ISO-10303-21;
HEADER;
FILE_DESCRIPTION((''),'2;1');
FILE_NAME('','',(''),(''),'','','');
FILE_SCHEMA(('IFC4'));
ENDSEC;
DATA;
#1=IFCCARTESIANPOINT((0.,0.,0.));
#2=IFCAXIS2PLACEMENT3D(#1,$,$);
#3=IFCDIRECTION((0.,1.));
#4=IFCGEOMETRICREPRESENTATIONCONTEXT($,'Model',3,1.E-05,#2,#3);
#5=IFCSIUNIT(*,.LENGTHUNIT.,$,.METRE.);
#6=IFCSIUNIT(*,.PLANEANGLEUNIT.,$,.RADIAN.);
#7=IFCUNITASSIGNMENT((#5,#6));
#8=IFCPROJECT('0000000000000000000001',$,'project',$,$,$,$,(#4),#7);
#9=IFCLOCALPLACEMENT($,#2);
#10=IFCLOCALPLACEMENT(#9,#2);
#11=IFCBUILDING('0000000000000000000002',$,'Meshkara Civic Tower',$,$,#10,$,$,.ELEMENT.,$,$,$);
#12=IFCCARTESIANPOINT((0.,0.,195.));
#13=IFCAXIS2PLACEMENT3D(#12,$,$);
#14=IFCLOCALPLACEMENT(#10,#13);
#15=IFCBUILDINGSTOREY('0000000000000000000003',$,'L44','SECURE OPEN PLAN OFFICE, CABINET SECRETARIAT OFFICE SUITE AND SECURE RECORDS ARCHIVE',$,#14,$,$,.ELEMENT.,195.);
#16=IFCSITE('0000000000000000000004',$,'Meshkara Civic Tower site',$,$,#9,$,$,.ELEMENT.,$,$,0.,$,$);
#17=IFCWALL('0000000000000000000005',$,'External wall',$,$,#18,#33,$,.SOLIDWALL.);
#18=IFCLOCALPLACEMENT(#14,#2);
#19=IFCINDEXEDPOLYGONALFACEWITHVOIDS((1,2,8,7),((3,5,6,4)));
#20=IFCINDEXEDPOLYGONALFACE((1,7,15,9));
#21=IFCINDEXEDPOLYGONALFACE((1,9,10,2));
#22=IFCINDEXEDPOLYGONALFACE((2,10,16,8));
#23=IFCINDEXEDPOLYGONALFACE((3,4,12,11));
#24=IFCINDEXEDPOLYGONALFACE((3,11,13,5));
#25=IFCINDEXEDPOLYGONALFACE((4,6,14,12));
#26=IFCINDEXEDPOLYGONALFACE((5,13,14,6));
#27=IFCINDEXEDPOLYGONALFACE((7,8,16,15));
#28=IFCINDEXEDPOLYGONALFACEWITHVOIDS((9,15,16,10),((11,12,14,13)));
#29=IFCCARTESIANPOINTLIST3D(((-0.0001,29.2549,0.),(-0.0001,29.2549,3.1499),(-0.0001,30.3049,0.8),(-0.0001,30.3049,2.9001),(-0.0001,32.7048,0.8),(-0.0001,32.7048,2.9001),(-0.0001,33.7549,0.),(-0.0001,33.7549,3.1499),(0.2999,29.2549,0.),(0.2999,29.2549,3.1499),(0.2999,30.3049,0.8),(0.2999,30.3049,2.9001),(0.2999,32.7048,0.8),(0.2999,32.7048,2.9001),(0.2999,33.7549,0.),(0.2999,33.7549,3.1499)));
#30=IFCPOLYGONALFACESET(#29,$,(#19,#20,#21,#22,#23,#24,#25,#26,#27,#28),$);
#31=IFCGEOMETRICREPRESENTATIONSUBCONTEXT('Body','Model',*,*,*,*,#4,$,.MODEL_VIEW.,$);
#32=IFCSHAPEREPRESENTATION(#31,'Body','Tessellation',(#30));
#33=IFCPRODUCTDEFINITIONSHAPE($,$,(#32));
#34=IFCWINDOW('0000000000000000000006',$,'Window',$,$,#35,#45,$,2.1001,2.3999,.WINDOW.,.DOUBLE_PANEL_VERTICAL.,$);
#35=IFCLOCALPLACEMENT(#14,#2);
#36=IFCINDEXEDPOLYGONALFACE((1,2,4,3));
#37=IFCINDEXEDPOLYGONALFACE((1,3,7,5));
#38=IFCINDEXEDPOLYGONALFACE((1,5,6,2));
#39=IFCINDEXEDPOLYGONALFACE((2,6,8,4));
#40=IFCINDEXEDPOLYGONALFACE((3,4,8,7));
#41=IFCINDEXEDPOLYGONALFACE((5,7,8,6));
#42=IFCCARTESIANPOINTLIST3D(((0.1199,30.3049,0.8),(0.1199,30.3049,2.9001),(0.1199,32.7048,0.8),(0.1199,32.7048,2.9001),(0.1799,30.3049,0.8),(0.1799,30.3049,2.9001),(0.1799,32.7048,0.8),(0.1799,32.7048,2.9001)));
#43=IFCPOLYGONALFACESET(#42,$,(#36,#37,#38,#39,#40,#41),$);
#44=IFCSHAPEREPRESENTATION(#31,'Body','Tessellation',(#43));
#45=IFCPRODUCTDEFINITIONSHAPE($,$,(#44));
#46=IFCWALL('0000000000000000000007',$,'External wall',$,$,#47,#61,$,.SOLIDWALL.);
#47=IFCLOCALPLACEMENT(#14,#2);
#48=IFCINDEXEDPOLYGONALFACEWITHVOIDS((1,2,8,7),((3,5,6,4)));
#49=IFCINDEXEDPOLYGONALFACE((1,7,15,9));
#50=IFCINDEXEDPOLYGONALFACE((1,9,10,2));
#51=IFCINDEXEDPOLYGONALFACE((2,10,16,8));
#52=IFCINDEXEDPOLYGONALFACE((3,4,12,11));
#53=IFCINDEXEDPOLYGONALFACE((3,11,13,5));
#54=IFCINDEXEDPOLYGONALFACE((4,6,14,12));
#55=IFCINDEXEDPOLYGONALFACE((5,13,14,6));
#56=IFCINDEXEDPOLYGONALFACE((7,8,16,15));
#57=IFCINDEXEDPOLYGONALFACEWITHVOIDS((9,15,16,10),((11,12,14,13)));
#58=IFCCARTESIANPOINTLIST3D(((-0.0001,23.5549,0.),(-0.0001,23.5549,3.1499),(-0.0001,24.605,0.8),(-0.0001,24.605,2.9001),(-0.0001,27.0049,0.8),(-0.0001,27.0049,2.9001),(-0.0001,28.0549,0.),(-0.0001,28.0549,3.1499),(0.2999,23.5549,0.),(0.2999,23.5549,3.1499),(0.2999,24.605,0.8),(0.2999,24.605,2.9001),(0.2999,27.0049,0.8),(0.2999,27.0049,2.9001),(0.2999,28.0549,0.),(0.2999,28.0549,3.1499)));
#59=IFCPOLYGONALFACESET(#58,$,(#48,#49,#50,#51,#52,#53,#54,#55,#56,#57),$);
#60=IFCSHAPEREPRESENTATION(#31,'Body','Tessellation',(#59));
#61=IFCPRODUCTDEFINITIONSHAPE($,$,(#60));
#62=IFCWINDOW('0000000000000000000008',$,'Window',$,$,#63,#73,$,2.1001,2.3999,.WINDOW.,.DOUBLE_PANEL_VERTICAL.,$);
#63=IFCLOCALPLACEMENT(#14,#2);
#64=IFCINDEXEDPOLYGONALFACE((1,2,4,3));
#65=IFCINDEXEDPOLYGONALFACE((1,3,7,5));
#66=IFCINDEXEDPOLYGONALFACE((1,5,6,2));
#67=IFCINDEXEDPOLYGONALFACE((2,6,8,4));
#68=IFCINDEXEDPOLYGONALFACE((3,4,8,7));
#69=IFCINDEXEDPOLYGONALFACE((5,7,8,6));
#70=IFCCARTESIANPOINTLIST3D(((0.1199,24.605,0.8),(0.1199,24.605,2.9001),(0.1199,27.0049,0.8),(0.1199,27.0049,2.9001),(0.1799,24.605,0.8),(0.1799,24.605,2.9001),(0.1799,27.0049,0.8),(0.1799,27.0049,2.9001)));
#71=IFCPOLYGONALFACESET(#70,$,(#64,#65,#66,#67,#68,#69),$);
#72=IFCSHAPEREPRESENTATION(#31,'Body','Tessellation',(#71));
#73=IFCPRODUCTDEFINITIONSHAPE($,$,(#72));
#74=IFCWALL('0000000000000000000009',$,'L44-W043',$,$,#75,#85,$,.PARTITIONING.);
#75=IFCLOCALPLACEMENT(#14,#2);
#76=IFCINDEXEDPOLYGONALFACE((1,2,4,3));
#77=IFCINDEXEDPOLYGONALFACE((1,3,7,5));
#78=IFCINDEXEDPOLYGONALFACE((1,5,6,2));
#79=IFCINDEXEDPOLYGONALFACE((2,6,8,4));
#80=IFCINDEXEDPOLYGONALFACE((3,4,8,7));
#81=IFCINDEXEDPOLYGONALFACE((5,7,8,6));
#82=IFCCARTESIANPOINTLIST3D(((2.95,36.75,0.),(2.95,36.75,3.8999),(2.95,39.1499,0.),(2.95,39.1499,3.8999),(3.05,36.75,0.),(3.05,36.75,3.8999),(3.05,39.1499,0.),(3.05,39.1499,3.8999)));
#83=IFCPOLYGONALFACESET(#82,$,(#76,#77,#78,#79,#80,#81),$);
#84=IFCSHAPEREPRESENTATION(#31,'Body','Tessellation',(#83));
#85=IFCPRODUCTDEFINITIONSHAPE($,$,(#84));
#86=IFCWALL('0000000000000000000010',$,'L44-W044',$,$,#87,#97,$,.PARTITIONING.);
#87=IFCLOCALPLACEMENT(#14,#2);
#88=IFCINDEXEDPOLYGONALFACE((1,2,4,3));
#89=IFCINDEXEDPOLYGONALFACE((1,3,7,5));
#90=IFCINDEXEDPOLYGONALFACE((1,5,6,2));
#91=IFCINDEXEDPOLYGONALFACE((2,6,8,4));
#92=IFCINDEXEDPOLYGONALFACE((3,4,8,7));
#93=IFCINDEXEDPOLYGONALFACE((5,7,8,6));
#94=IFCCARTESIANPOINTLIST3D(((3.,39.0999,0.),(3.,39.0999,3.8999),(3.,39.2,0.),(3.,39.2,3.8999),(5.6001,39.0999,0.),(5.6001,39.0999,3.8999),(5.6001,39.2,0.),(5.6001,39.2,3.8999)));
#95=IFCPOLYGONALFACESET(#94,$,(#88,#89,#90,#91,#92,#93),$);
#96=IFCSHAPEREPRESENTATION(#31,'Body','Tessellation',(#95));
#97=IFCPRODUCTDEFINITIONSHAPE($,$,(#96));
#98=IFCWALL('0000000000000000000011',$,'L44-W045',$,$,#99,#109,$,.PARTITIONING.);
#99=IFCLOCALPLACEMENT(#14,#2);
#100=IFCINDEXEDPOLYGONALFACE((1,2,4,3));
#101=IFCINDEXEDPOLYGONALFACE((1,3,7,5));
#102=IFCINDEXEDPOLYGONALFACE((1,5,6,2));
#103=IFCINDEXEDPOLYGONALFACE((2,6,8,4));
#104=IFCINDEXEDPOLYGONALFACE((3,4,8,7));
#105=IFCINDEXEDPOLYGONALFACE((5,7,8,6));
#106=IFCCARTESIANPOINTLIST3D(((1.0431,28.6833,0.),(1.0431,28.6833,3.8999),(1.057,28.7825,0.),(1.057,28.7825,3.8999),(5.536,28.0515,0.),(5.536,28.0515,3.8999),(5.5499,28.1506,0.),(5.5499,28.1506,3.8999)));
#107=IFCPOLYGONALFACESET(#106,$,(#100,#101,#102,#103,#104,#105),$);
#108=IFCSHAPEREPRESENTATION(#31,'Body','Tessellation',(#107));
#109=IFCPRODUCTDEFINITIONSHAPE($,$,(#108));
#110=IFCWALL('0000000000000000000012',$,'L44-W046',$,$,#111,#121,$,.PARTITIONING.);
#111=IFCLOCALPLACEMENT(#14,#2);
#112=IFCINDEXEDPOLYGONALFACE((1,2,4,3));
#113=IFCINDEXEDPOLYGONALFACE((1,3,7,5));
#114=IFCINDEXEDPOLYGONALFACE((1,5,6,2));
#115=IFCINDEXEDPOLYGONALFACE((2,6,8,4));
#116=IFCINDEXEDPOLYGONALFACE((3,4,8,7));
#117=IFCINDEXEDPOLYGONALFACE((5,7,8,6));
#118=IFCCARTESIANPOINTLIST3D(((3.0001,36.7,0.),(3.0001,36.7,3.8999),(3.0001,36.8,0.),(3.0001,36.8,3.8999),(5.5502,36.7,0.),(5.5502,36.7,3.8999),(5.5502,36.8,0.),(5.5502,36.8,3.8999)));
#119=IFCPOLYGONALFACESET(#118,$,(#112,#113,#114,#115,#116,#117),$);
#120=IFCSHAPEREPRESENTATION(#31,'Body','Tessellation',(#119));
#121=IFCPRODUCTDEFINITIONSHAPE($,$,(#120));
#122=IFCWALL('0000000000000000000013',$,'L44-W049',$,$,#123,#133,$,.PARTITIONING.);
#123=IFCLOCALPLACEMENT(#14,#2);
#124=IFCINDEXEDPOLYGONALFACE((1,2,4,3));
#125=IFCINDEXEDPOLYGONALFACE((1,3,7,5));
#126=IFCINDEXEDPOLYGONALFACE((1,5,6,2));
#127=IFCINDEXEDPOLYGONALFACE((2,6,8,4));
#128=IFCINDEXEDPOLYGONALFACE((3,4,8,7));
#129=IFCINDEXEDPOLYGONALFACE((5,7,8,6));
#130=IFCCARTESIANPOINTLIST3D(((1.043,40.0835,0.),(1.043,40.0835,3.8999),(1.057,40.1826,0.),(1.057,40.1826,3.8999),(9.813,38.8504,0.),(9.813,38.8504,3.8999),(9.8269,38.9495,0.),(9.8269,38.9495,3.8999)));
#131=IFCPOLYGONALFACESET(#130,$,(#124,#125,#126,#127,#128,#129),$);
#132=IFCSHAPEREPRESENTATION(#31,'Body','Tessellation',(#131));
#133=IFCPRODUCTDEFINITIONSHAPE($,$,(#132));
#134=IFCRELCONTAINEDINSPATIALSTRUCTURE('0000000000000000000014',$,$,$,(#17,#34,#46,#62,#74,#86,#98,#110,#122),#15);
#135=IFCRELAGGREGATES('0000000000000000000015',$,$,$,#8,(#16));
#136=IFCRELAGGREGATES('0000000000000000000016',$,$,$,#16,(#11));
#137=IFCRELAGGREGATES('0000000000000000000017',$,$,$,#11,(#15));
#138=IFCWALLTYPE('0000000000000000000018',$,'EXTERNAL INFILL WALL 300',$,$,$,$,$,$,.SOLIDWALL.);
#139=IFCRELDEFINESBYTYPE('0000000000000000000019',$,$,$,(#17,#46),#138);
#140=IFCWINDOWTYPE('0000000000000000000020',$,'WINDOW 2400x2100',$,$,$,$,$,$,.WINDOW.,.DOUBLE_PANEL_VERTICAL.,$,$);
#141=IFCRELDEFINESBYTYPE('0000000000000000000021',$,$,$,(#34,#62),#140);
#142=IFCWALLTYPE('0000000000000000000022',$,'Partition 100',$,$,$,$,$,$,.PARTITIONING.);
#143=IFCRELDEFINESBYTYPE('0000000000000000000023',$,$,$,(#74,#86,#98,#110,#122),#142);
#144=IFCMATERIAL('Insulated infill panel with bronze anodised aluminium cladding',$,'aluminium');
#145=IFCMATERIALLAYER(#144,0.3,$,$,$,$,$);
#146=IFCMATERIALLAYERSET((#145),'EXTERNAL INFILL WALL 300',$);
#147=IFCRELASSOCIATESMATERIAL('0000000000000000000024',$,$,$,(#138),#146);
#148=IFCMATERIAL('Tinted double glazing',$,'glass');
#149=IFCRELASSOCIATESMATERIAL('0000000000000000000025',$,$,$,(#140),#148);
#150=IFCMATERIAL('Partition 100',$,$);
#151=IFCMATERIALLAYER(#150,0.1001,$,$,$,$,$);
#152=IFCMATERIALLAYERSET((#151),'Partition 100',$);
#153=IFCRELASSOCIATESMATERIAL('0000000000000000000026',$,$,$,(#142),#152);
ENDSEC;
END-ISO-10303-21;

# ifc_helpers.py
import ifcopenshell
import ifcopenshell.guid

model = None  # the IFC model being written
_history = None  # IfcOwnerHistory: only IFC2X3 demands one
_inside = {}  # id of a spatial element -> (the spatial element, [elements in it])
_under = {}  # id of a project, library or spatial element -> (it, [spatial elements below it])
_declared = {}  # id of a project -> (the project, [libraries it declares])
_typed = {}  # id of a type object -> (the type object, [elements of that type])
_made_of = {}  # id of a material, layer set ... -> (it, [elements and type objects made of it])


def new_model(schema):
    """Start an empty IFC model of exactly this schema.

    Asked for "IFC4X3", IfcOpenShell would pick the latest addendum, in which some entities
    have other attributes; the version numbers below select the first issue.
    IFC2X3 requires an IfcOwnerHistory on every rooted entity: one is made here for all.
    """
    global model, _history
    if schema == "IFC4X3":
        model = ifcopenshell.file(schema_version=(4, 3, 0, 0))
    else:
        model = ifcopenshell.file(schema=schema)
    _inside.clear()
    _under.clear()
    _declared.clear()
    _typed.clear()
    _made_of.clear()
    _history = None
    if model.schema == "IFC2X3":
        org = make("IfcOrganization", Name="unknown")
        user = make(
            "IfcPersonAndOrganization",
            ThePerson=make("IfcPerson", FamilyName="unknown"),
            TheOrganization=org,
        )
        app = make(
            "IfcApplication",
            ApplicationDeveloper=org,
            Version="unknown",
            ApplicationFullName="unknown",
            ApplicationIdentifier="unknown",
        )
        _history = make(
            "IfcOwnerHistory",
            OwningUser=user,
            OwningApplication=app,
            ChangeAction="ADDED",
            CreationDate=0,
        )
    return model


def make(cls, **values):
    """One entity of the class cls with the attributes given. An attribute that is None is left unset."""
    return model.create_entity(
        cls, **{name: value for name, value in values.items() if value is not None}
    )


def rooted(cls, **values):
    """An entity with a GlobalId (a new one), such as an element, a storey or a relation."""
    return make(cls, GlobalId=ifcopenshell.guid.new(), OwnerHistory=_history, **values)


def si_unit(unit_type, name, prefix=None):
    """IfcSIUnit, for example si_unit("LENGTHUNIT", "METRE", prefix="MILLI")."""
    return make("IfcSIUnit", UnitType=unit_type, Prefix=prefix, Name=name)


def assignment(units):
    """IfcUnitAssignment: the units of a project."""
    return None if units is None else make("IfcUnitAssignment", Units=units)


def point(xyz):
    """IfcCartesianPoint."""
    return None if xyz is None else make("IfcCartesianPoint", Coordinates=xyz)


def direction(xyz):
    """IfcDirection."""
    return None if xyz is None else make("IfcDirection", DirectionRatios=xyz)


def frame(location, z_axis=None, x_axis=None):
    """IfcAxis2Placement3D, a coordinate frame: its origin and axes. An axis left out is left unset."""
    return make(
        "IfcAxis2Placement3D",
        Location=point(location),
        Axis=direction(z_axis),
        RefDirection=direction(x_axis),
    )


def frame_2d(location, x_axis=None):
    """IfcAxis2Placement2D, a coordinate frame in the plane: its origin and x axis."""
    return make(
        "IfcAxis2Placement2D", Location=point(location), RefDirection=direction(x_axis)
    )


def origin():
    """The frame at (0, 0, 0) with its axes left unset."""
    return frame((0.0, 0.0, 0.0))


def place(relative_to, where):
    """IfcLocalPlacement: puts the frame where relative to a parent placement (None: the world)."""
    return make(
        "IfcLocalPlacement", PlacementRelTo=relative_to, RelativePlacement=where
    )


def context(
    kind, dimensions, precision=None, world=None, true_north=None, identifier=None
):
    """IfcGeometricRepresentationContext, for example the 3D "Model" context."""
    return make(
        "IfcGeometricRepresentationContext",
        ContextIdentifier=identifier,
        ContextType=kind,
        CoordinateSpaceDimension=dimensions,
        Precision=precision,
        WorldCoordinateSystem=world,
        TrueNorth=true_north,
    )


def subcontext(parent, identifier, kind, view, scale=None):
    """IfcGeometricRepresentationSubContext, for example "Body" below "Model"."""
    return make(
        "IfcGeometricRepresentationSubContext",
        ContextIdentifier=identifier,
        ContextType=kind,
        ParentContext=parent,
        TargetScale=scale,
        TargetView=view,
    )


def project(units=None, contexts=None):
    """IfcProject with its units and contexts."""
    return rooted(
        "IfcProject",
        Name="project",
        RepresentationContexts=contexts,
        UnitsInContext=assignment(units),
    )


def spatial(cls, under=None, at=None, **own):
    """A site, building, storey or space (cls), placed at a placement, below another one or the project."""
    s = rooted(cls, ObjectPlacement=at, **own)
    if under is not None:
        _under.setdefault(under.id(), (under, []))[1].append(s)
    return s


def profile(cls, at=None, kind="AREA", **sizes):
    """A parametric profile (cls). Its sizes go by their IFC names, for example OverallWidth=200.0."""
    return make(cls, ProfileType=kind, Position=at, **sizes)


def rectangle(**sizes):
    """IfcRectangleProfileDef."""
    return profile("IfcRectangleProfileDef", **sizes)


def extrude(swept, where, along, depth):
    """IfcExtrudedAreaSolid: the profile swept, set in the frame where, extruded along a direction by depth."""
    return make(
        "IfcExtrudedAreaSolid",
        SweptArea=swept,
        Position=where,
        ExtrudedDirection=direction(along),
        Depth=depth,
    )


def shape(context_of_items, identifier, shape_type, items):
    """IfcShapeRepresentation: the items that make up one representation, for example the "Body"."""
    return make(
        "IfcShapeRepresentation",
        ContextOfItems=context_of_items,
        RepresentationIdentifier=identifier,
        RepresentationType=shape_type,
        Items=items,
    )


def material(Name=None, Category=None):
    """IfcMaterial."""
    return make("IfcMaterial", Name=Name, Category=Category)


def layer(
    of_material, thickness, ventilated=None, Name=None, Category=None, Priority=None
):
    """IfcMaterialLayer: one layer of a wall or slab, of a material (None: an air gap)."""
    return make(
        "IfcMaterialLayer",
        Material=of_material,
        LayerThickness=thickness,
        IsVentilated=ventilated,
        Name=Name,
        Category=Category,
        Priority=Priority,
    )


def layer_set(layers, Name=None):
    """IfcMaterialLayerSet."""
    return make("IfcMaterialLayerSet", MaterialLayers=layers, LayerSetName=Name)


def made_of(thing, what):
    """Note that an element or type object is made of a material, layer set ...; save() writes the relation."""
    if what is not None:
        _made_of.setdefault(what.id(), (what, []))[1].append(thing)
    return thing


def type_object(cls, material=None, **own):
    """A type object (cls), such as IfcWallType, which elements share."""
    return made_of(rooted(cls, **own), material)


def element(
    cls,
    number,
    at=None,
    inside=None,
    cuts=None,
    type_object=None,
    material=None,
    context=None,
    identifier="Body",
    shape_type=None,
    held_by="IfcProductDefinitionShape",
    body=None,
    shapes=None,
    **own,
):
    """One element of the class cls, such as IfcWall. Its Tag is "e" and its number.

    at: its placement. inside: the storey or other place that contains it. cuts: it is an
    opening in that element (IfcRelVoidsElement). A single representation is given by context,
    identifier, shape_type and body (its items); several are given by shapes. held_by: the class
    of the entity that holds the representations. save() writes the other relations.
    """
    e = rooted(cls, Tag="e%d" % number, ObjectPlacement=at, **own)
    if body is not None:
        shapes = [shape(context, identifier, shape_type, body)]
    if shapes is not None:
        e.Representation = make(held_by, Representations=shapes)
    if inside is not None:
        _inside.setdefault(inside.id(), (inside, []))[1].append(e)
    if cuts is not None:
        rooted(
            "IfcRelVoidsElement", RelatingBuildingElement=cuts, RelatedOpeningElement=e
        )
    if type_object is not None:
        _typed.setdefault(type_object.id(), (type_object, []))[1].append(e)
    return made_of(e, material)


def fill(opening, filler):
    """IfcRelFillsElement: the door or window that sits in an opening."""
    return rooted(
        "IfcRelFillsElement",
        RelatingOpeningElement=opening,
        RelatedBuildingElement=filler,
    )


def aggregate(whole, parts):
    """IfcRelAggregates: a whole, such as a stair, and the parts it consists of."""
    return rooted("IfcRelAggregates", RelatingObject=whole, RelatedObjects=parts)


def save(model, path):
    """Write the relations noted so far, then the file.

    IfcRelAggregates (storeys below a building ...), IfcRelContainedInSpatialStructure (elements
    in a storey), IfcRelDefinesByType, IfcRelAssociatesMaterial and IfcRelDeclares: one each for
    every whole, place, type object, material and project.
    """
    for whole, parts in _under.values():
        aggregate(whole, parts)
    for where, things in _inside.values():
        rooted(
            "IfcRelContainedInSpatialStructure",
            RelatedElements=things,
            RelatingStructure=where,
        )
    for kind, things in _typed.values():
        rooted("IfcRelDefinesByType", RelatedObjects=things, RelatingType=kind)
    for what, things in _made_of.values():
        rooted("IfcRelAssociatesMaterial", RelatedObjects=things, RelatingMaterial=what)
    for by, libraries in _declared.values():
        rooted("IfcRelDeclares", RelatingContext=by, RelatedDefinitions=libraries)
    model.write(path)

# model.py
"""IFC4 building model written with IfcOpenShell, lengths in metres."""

from ifc_helpers import new_model, si_unit, direction, frame, frame_2d, origin, place, context, subcontext, project, spatial, rectangle, extrude, material, layer, layer_set, type_object, element, fill, save


model = new_model("IFC4")

# Units and contexts
model_context = context("Model", 3, precision=1e-05, world=origin(), true_north=direction((0.0, 1.0)))
body_context = subcontext(model_context, "Body", "Model", "MODEL_VIEW")
ifc_project = project(units=[si_unit("LENGTHUNIT", "METRE"), si_unit("PLANEANGLEUNIT", "RADIAN")], contexts=[model_context])

# Site, building, storey
site_placement = place(None, origin())
site = spatial("IfcSite", under=ifc_project, at=site_placement, Name="Meshkara Civic Tower site", CompositionType="ELEMENT", RefElevation=0.0)
building_placement = place(site_placement, origin())
building = spatial("IfcBuilding", under=site, at=building_placement, Name="Meshkara Civic Tower", CompositionType="ELEMENT")
storey_placement = place(building_placement, frame((0.0, 0.0, 195.0)))
storey = spatial("IfcBuildingStorey", under=building, at=storey_placement, Name="L44", Description="SECURE OPEN PLAN OFFICE, CABINET SECRETARIAT OFFICE SUITE AND SECURE RECORDS ARCHIVE", CompositionType="ELEMENT", Elevation=195.0)

# Walls, openings, windows
ifc_material_1 = material(Name="Insulated infill panel with bronze anodised aluminium cladding", Category="aluminium")
ifc_layer_1 = layer(ifc_material_1, 0.3)
ifc_layer_set_1 = layer_set([ifc_layer_1], Name="EXTERNAL INFILL WALL 300")
wall_type_1 = type_object("IfcWallType", Name="EXTERNAL INFILL WALL 300", PredefinedType="SOLIDWALL", material=ifc_layer_set_1)
wall_1_placement = place(storey_placement, frame((0.1499, 33.7549, 0.0), z_axis=(0.0, 0.0, 1.0), x_axis=(0.0, -1.0, 0.0)))
wall_1 = element("IfcWall", 1, at=wall_1_placement, inside=storey, type_object=wall_type_1, Name="External wall", PredefinedType="SOLIDWALL", context=body_context, shape_type="SweptSolid", body=[
    extrude(rectangle(XDim=4.5, YDim=0.3, at=frame_2d((2.25, 0.0))), origin(), (0.0, 0.0, 1.0), 3.1499),
])
opening_1_placement = place(wall_1_placement, frame((1.05, 0.0, 0.8)))
opening_1 = element("IfcOpeningElement", 2, at=opening_1_placement, cuts=wall_1, PredefinedType="OPENING", context=body_context, shape_type="SweptSolid", body=[
    extrude(rectangle(XDim=2.3999, YDim=2.1001, at=frame_2d((1.2, 1.05))), frame((0.0, 0.1599, 0.0), z_axis=(0.0, -1.0, 0.0), x_axis=(1.0, 0.0, 0.0)), (0.0, 0.0, 1.0), 0.3201),
])
ifc_material_2 = material(Name="Tinted double glazing", Category="glass")
window_type = type_object("IfcWindowType", Name="WINDOW 2400x2100", PartitioningType="DOUBLE_PANEL_VERTICAL", PredefinedType="WINDOW", material=ifc_material_2)
window_1_placement = place(opening_1_placement, origin())
window_1 = element("IfcWindow", 3, at=window_1_placement, inside=storey, type_object=window_type, Name="Window", OverallHeight=2.1001, OverallWidth=2.3999, PartitioningType="DOUBLE_PANEL_VERTICAL", PredefinedType="WINDOW", context=body_context, shape_type="SweptSolid", body=[
    extrude(rectangle(XDim=2.3999, YDim=2.1001, at=frame_2d((1.2, 1.05))), frame((0.0, 0.03, 0.0), z_axis=(0.0, -1.0, 0.0), x_axis=(1.0, 0.0, 0.0)), (0.0, 0.0, 1.0), 0.0601),
])
fill(opening_1, window_1)
wall_2_placement = place(storey_placement, frame((0.1499, 28.0549, 0.0), z_axis=(0.0, 0.0, 1.0), x_axis=(0.0, -1.0, 0.0)))
wall_2 = element("IfcWall", 4, at=wall_2_placement, inside=storey, type_object=wall_type_1, Name="External wall", PredefinedType="SOLIDWALL", context=body_context, shape_type="SweptSolid", body=[
    extrude(rectangle(XDim=4.5, YDim=0.3, at=frame_2d((2.25, 0.0))), origin(), (0.0, 0.0, 1.0), 3.1499),
])
opening_2_placement = place(wall_2_placement, frame((1.05, 0.0, 0.8)))
opening_2 = element("IfcOpeningElement", 5, at=opening_2_placement, cuts=wall_2, PredefinedType="OPENING", context=body_context, shape_type="SweptSolid", body=[
    extrude(rectangle(XDim=2.3999, YDim=2.1001, at=frame_2d((1.2, 1.05))), frame((0.0, 0.1599, 0.0), z_axis=(0.0, -1.0, 0.0), x_axis=(1.0, 0.0, 0.0)), (0.0, 0.0, 1.0), 0.3201),
])
window_2_placement = place(opening_2_placement, origin())
window_2 = element("IfcWindow", 6, at=window_2_placement, inside=storey, type_object=window_type, Name="Window", OverallHeight=2.1001, OverallWidth=2.3999, PartitioningType="DOUBLE_PANEL_VERTICAL", PredefinedType="WINDOW", context=body_context, shape_type="SweptSolid", body=[
    extrude(rectangle(XDim=2.3999, YDim=2.1001, at=frame_2d((1.2, 1.05))), frame((0.0, 0.03, 0.0), z_axis=(0.0, -1.0, 0.0), x_axis=(1.0, 0.0, 0.0)), (0.0, 0.0, 1.0), 0.0601),
])
fill(opening_2, window_2)

# Walls
ifc_material_3 = material(Name="Partition 100")
ifc_layer_2 = layer(ifc_material_3, 0.1001)
ifc_layer_set_2 = layer_set([ifc_layer_2], Name="Partition 100")
wall_type_2 = type_object("IfcWallType", Name="Partition 100", PredefinedType="PARTITIONING", material=ifc_layer_set_2)
wall_3_placement = place(storey_placement, frame((3.0, 36.75, 0.0), z_axis=(0.0, 0.0, 1.0), x_axis=(0.0, 1.0, 0.0)))
element("IfcWall", 7, at=wall_3_placement, inside=storey, type_object=wall_type_2, Name="L44-W043", PredefinedType="PARTITIONING", context=body_context, shape_type="SweptSolid", body=[
    extrude(rectangle(XDim=2.3999, YDim=0.1001, at=frame_2d((1.2, 0.0))), origin(), (0.0, 0.0, 1.0), 3.8999),
])
wall_4_placement = place(storey_placement, frame((3.0, 39.1499, 0.0), z_axis=(0.0, 0.0, 1.0), x_axis=(1.0, 0.0, 0.0)))
element("IfcWall", 8, at=wall_4_placement, inside=storey, type_object=wall_type_2, Name="L44-W044", PredefinedType="PARTITIONING", context=body_context, shape_type="SweptSolid", body=[
    extrude(rectangle(XDim=2.6001, YDim=0.1001, at=frame_2d((1.3, 0.0))), origin(), (0.0, 0.0, 1.0), 3.8999),
])
wall_5_placement = place(storey_placement, frame((5.543, 28.1011, 0.0), z_axis=(0.0, 0.0, 1.0), x_axis=(-0.990256, 0.139259, 0.0)))
element("IfcWall", 9, at=wall_5_placement, inside=storey, type_object=wall_type_2, Name="L44-W045", PredefinedType="PARTITIONING", context=body_context, shape_type="SweptSolid", body=[
    extrude(rectangle(XDim=4.5371, YDim=0.1001, at=frame_2d((2.2686, 0.0))), origin(), (0.0, 0.0, 1.0), 3.8999),
])
wall_6_placement = place(storey_placement, frame((5.55, 36.75, 0.0), z_axis=(0.0, 0.0, 1.0), x_axis=(-1.0, 0.0, 0.0)))
element("IfcWall", 10, at=wall_6_placement, inside=storey, type_object=wall_type_2, Name="L44-W046", PredefinedType="PARTITIONING", context=body_context, shape_type="SweptSolid", body=[
    extrude(rectangle(XDim=2.55, YDim=0.1001, at=frame_2d((1.2749, 0.0))), origin(), (0.0, 0.0, 1.0), 3.8999),
])
wall_7_placement = place(storey_placement, frame((9.8201, 38.8999, 0.0), z_axis=(0.0, 0.0, 1.0), x_axis=(-0.990259, 0.13924, 0.0)))
element("IfcWall", 11, at=wall_7_placement, inside=storey, type_object=wall_type_2, Name="L44-W049", PredefinedType="PARTITIONING", context=body_context, shape_type="SweptSolid", body=[
    extrude(rectangle(XDim=8.8562, YDim=0.1001, at=frame_2d((4.4282, 0.0))), origin(), (0.0, 0.0, 1.0), 3.8999),
])

save(model, "model.ifc")
